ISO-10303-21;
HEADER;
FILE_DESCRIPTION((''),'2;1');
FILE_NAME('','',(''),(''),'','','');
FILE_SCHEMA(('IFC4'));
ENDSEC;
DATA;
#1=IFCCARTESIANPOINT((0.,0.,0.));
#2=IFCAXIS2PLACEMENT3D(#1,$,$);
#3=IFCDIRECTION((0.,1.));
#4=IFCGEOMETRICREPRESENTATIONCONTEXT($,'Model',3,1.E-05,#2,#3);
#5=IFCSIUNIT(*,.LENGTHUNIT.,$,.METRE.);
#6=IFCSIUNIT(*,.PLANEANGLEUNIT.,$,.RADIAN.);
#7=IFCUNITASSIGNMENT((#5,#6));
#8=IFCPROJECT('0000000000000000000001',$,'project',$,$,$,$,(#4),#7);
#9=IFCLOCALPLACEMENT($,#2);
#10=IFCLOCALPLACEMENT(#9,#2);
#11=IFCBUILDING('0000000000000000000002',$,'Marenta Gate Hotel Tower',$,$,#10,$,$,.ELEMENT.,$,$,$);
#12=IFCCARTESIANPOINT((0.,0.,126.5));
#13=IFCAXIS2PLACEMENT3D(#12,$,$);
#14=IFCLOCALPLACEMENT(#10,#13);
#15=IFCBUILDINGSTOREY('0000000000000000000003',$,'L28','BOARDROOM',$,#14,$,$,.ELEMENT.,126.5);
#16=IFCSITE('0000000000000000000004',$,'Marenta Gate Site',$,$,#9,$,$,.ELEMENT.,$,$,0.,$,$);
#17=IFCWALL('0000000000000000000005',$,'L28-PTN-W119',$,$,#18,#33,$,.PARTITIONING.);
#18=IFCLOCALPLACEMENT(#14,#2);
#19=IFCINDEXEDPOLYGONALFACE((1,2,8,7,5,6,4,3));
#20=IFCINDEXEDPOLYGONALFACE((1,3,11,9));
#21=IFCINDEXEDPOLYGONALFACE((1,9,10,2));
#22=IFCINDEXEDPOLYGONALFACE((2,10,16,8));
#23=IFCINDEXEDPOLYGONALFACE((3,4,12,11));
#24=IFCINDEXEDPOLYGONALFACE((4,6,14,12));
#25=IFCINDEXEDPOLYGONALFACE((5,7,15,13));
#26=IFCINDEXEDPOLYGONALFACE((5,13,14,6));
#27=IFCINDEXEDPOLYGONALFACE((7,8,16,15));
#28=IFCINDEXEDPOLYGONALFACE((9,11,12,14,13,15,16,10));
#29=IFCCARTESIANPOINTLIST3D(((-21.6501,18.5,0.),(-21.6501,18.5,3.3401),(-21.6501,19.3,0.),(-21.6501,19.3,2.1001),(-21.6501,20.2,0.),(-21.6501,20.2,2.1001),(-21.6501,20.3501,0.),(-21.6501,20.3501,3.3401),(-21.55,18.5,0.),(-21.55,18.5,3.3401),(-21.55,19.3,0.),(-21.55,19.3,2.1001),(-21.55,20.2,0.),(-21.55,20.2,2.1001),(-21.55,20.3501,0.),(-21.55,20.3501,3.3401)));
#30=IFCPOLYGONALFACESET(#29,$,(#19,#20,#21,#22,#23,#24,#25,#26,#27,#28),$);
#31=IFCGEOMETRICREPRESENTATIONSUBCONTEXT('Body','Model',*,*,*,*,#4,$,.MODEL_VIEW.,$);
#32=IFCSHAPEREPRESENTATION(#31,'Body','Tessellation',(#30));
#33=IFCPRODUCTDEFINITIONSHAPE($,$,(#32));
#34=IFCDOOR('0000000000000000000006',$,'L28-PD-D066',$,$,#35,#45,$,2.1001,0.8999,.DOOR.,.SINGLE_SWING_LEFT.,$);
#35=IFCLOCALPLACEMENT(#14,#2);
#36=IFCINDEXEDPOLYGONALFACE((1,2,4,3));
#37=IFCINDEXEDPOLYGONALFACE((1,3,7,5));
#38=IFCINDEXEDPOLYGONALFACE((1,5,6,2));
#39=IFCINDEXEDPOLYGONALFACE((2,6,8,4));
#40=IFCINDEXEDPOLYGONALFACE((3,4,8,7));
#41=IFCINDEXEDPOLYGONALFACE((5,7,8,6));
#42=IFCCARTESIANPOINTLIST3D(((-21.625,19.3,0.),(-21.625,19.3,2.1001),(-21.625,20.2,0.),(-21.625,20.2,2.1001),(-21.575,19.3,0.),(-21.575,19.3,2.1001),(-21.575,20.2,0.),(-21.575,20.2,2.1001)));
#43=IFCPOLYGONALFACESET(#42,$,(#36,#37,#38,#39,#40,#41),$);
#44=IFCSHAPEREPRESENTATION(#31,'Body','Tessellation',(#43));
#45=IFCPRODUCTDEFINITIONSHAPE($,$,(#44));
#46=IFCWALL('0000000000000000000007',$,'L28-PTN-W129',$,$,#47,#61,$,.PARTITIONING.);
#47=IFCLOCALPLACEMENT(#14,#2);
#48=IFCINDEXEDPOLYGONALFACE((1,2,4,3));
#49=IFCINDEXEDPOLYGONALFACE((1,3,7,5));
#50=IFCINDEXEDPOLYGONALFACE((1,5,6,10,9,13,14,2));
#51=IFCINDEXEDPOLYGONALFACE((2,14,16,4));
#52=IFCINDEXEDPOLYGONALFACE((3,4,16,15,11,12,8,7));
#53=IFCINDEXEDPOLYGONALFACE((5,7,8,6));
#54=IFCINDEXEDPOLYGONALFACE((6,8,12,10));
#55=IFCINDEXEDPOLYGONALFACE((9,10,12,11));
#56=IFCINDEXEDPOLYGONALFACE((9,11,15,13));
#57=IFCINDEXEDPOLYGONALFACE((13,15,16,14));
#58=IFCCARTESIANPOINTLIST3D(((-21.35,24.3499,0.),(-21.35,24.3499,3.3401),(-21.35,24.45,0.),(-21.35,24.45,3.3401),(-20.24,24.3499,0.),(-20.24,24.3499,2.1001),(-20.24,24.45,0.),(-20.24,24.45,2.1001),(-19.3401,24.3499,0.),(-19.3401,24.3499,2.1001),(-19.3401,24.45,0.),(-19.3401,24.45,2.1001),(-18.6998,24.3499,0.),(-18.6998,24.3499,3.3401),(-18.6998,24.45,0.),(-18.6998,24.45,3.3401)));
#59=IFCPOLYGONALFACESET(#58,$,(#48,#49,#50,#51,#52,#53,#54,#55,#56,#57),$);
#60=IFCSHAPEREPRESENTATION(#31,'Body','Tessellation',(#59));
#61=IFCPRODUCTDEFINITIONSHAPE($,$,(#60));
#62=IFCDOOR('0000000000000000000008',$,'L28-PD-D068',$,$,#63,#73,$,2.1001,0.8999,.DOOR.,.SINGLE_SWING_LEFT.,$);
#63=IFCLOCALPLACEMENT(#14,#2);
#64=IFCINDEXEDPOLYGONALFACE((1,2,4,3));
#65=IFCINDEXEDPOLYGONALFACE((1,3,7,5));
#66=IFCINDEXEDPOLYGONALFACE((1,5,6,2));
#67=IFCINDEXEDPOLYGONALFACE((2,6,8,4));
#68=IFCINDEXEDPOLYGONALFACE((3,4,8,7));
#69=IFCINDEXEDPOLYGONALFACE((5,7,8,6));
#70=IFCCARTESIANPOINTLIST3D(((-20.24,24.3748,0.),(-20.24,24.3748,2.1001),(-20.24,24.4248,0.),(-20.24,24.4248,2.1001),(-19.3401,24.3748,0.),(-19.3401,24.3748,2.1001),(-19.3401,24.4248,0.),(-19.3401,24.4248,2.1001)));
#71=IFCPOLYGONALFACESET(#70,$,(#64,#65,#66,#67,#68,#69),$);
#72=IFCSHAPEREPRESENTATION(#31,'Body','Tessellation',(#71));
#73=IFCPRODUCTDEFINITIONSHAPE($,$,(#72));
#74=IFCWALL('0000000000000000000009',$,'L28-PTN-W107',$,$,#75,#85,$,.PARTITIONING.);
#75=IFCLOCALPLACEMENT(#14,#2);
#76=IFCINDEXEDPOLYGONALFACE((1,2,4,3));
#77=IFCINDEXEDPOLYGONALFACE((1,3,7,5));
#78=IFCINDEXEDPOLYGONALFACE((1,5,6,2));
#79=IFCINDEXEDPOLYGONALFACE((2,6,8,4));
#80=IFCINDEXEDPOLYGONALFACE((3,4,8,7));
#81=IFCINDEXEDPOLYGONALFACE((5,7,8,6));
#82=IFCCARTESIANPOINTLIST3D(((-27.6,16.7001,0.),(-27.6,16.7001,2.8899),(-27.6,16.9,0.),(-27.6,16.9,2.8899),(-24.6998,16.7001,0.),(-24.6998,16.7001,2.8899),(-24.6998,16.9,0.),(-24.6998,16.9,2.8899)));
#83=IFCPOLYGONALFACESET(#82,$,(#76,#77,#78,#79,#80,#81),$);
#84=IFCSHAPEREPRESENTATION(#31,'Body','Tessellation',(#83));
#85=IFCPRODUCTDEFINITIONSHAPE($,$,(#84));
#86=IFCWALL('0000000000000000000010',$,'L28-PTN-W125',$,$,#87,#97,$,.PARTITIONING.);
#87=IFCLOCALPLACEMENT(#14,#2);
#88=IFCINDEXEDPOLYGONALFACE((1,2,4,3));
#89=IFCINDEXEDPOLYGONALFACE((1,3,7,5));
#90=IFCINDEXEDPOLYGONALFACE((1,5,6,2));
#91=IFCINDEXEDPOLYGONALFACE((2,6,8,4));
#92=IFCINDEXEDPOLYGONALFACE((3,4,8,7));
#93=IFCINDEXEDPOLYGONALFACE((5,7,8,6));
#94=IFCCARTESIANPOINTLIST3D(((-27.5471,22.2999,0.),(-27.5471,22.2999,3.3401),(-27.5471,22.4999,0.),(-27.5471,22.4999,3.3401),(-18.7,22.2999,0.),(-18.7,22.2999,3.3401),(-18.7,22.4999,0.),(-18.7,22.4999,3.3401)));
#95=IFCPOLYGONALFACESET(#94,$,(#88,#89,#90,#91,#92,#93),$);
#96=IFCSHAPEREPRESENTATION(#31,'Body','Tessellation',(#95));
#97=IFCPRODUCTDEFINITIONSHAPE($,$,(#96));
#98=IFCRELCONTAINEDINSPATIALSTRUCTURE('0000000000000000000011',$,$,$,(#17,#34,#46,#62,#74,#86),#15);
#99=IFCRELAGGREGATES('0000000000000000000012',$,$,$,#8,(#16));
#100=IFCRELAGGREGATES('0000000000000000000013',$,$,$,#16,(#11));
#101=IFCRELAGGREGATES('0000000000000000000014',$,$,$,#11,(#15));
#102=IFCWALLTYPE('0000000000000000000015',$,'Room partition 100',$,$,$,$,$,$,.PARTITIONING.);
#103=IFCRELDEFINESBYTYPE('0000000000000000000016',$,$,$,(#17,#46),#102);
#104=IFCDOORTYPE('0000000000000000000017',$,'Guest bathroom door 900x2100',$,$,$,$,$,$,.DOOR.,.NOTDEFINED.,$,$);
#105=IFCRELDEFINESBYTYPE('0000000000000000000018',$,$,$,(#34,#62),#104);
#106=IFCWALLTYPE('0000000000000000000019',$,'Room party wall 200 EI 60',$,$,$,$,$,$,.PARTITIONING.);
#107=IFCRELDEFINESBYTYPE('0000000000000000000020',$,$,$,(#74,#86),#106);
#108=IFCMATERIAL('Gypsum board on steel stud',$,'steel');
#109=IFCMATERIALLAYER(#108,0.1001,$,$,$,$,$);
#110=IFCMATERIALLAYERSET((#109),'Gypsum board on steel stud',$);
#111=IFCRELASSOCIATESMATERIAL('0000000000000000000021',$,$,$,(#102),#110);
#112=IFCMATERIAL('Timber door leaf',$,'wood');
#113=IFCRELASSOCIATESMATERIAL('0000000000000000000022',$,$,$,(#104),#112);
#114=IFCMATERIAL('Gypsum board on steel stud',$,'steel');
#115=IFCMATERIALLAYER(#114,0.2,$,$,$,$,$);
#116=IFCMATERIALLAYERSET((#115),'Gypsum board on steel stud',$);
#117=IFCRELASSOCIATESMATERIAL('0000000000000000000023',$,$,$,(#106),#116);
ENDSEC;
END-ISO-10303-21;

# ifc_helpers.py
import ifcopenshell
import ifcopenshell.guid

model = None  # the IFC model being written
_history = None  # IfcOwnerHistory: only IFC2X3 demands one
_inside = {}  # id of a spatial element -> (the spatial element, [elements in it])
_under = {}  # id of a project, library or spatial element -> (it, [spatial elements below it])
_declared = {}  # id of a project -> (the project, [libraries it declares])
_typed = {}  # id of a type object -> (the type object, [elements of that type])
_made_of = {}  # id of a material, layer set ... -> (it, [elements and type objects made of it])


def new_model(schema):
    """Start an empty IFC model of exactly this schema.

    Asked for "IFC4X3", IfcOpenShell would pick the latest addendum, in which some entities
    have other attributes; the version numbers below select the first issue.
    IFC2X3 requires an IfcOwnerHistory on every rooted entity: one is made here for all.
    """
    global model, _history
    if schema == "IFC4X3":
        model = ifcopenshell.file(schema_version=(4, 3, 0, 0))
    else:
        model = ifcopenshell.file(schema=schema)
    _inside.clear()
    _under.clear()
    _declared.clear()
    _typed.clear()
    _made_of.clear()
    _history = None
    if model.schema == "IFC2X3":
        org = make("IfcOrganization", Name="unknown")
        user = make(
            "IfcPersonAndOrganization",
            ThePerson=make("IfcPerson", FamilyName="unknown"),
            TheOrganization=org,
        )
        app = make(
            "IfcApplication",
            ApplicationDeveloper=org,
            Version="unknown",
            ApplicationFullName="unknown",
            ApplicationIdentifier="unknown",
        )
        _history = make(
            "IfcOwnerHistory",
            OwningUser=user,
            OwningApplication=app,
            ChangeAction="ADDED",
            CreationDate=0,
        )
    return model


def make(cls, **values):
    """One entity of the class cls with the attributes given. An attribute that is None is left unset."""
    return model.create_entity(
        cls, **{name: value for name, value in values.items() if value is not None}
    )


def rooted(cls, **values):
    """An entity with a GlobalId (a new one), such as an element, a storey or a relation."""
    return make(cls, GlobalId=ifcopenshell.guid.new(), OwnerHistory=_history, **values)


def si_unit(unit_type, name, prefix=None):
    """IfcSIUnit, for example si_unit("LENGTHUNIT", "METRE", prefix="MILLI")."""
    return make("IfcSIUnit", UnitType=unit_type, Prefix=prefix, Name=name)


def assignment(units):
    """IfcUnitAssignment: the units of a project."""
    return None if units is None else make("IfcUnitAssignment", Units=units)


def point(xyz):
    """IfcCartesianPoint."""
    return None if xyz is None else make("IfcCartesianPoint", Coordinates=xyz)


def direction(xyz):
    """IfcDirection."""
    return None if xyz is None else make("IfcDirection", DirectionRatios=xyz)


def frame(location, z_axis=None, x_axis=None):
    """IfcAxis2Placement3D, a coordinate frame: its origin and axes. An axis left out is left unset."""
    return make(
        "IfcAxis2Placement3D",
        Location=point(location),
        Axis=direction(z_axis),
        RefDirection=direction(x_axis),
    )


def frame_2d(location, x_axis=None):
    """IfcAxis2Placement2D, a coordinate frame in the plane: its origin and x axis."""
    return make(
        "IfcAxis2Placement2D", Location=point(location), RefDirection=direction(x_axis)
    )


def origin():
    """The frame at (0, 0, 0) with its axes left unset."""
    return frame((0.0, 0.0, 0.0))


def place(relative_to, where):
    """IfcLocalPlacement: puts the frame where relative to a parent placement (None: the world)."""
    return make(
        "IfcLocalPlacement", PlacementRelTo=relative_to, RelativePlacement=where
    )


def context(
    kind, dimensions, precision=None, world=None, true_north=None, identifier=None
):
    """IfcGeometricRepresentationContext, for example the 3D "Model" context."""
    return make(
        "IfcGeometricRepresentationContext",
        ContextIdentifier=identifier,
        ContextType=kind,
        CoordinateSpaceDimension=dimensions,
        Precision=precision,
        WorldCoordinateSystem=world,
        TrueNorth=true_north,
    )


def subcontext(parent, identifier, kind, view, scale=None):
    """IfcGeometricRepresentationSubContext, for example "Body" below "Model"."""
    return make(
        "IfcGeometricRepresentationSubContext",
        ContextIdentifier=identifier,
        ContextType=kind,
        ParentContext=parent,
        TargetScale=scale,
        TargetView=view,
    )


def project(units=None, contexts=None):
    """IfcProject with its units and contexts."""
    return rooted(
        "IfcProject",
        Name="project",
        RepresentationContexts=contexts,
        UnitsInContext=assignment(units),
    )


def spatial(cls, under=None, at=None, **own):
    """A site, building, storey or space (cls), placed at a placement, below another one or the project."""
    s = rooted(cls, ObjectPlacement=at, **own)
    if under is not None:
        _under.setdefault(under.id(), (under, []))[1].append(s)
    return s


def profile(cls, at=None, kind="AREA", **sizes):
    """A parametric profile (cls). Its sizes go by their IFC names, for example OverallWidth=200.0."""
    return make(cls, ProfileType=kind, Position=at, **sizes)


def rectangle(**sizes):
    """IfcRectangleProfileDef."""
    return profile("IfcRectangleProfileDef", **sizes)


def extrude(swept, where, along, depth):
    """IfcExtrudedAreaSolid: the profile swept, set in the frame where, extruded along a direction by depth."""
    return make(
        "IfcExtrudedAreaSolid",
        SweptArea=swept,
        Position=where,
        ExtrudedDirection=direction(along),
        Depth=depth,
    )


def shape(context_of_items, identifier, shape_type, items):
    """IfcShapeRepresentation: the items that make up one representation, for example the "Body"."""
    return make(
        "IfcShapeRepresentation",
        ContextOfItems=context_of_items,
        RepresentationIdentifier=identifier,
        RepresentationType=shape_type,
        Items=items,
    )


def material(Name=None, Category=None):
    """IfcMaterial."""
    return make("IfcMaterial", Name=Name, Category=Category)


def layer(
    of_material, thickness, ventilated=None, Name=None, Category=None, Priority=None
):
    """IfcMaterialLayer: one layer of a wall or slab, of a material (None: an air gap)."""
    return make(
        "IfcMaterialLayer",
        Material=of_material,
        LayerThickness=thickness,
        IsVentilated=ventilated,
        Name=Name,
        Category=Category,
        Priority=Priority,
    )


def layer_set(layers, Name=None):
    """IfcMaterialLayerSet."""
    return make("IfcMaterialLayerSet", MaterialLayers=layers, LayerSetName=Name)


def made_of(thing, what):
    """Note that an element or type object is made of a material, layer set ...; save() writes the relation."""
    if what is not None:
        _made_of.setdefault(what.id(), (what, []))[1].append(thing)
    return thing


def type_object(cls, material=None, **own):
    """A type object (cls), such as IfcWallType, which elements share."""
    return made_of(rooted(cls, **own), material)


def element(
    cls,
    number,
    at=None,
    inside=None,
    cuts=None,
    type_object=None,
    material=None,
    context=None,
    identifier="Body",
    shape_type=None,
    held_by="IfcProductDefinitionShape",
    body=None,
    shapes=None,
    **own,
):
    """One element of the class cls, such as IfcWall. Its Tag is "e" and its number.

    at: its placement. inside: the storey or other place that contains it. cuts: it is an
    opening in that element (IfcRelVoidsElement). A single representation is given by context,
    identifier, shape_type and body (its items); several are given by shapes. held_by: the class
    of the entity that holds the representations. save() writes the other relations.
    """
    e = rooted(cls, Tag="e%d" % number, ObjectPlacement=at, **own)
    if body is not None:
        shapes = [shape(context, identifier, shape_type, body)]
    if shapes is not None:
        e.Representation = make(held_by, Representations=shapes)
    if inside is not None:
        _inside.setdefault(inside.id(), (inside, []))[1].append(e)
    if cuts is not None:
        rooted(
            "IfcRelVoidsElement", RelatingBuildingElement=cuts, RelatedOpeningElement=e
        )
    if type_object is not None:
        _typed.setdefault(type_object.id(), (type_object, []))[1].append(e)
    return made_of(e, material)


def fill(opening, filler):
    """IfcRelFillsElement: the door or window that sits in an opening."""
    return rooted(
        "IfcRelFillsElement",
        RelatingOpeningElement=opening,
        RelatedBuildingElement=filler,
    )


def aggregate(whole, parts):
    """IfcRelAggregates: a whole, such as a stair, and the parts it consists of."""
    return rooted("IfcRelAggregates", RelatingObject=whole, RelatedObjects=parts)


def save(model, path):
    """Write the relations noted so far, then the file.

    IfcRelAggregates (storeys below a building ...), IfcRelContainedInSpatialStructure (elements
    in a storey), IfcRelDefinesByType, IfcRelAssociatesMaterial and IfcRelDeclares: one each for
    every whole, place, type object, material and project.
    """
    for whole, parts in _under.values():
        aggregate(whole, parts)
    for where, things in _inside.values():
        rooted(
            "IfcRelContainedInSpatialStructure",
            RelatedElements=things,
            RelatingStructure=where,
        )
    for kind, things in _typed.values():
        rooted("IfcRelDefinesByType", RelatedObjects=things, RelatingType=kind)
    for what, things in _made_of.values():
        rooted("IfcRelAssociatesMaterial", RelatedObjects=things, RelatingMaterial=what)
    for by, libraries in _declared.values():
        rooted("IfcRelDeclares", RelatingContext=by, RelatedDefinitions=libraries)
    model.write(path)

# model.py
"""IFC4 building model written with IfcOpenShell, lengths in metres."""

from ifc_helpers import new_model, si_unit, direction, frame, frame_2d, origin, place, context, subcontext, project, spatial, rectangle, extrude, material, layer, layer_set, type_object, element, fill, save


model = new_model("IFC4")

# Units and contexts
model_context = context("Model", 3, precision=1e-05, world=origin(), true_north=direction((0.0, 1.0)))
body_context = subcontext(model_context, "Body", "Model", "MODEL_VIEW")
ifc_project = project(units=[si_unit("LENGTHUNIT", "METRE"), si_unit("PLANEANGLEUNIT", "RADIAN")], contexts=[model_context])

# Site, building, storey
site_placement = place(None, origin())
site = spatial("IfcSite", under=ifc_project, at=site_placement, Name="Marenta Gate Site", CompositionType="ELEMENT", RefElevation=0.0)
building_placement = place(site_placement, origin())
building = spatial("IfcBuilding", under=site, at=building_placement, Name="Marenta Gate Hotel Tower", CompositionType="ELEMENT")
storey_placement = place(building_placement, frame((0.0, 0.0, 126.5)))
storey = spatial("IfcBuildingStorey", under=building, at=storey_placement, Name="L28", Description="BOARDROOM", CompositionType="ELEMENT", Elevation=126.5)

# Shared definitions
ifc_material_1 = material(Name="Gypsum board on steel stud", Category="steel")
ifc_layer_1 = layer(ifc_material_1, 0.1001)
ifc_layer_set_1 = layer_set([ifc_layer_1], Name="Gypsum board on steel stud")
wall_type_1 = type_object("IfcWallType", Name="Room partition 100", PredefinedType="PARTITIONING", material=ifc_layer_set_1)

# Walls, openings, doors
wall_1_placement = place(storey_placement, frame((-21.6001, 18.5, 0.0), z_axis=(0.0, 0.0, 1.0), x_axis=(0.0, 1.0, 0.0)))
wall_1 = element("IfcWall", 1, at=wall_1_placement, inside=storey, type_object=wall_type_1, Name="L28-PTN-W119", PredefinedType="PARTITIONING", context=body_context, shape_type="SweptSolid", body=[
    extrude(rectangle(XDim=1.8501, YDim=0.1001, at=frame_2d((0.925, 0.0))), origin(), (0.0, 0.0, 1.0), 3.3401),
])
opening_1_placement = place(wall_1_placement, frame((0.8, 0.0, 0.0)))
opening_1 = element("IfcOpeningElement", 2, at=opening_1_placement, cuts=wall_1, PredefinedType="OPENING", context=body_context, shape_type="SweptSolid", body=[
    extrude(rectangle(XDim=0.8999, YDim=2.1001, at=frame_2d((0.45, 1.05))), frame((0.0, 0.05, 0.0), z_axis=(0.0, -1.0, 0.0), x_axis=(1.0, 0.0, 0.0)), (0.0, 0.0, 1.0), 0.1001),
])
ifc_material_2 = material(Name="Timber door leaf", Category="wood")
door_type = type_object("IfcDoorType", Name="Guest bathroom door 900x2100", OperationType="NOTDEFINED", PredefinedType="DOOR", material=ifc_material_2)
door_1_placement = place(opening_1_placement, origin())
door_1 = element("IfcDoor", 3, at=door_1_placement, inside=storey, type_object=door_type, Name="L28-PD-D066", OperationType="SINGLE_SWING_LEFT", OverallHeight=2.1001, OverallWidth=0.8999, PredefinedType="DOOR", context=body_context, shape_type="SweptSolid", body=[
    extrude(rectangle(XDim=0.8999, YDim=2.1001, at=frame_2d((0.45, 1.05))), frame((0.0, 0.0249, 0.0), z_axis=(0.0, -1.0, 0.0), x_axis=(1.0, 0.0, 0.0)), (0.0, 0.0, 1.0), 0.05),
])
fill(opening_1, door_1)
wall_2_placement = place(storey_placement, frame((-21.3501, 24.3999, 0.0), z_axis=(0.0, 0.0, 1.0), x_axis=(1.0, 0.0, 0.0)))
wall_2 = element("IfcWall", 4, at=wall_2_placement, inside=storey, type_object=wall_type_1, Name="L28-PTN-W129", PredefinedType="PARTITIONING", context=body_context, shape_type="SweptSolid", body=[
    extrude(rectangle(XDim=2.6501, YDim=0.1001, at=frame_2d((1.3252, 0.0))), origin(), (0.0, 0.0, 1.0), 3.3401),
])
opening_2_placement = place(wall_2_placement, frame((1.1101, 0.0, 0.0)))
opening_2 = element("IfcOpeningElement", 5, at=opening_2_placement, cuts=wall_2, PredefinedType="OPENING", context=body_context, shape_type="SweptSolid", body=[
    extrude(rectangle(XDim=0.8999, YDim=2.1001, at=frame_2d((0.45, 1.05))), frame((0.0, 0.05, 0.0), z_axis=(0.0, -1.0, 0.0), x_axis=(1.0, 0.0, 0.0)), (0.0, 0.0, 1.0), 0.1001),
])
door_2_placement = place(opening_2_placement, origin())
door_2 = element("IfcDoor", 6, at=door_2_placement, inside=storey, type_object=door_type, Name="L28-PD-D068", OperationType="SINGLE_SWING_LEFT", OverallHeight=2.1001, OverallWidth=0.8999, PredefinedType="DOOR", context=body_context, shape_type="SweptSolid", body=[
    extrude(rectangle(XDim=0.8999, YDim=2.1001, at=frame_2d((0.45, 1.05))), frame((0.0, 0.0249, 0.0), z_axis=(0.0, -1.0, 0.0), x_axis=(1.0, 0.0, 0.0)), (0.0, 0.0, 1.0), 0.05),
])
fill(opening_2, door_2)

# Walls
ifc_material_3 = material(Name="Gypsum board on steel stud", Category="steel")
ifc_layer_2 = layer(ifc_material_3, 0.2)
ifc_layer_set_2 = layer_set([ifc_layer_2], Name="Gypsum board on steel stud")
wall_type_2 = type_object("IfcWallType", Name="Room party wall 200 EI 60", PredefinedType="PARTITIONING", material=ifc_layer_set_2)
wall_3_placement = place(storey_placement, frame((-27.6001, 16.8, 0.0), z_axis=(0.0, 0.0, 1.0), x_axis=(1.0, 0.0, 0.0)))
element("IfcWall", 7, at=wall_3_placement, inside=storey, type_object=wall_type_2, Name="L28-PTN-W107", PredefinedType="PARTITIONING", context=body_context, shape_type="SweptSolid", body=[
    extrude(rectangle(XDim=2.9001, YDim=0.2, at=frame_2d((1.4502, 0.0))), origin(), (0.0, 0.0, 1.0), 2.8899),
])
wall_4_placement = place(storey_placement, frame((-27.5471, 22.3999, 0.0), z_axis=(0.0, 0.0, 1.0), x_axis=(1.0, 0.0, 0.0)))
element("IfcWall", 8, at=wall_4_placement, inside=storey, type_object=wall_type_2, Name="L28-PTN-W125", PredefinedType="PARTITIONING", context=body_context, shape_type="SweptSolid", body=[
    extrude(rectangle(XDim=8.8472, YDim=0.2, at=frame_2d((4.4236, 0.0))), origin(), (0.0, 0.0, 1.0), 3.3401),
])

save(model, "model.ifc")
